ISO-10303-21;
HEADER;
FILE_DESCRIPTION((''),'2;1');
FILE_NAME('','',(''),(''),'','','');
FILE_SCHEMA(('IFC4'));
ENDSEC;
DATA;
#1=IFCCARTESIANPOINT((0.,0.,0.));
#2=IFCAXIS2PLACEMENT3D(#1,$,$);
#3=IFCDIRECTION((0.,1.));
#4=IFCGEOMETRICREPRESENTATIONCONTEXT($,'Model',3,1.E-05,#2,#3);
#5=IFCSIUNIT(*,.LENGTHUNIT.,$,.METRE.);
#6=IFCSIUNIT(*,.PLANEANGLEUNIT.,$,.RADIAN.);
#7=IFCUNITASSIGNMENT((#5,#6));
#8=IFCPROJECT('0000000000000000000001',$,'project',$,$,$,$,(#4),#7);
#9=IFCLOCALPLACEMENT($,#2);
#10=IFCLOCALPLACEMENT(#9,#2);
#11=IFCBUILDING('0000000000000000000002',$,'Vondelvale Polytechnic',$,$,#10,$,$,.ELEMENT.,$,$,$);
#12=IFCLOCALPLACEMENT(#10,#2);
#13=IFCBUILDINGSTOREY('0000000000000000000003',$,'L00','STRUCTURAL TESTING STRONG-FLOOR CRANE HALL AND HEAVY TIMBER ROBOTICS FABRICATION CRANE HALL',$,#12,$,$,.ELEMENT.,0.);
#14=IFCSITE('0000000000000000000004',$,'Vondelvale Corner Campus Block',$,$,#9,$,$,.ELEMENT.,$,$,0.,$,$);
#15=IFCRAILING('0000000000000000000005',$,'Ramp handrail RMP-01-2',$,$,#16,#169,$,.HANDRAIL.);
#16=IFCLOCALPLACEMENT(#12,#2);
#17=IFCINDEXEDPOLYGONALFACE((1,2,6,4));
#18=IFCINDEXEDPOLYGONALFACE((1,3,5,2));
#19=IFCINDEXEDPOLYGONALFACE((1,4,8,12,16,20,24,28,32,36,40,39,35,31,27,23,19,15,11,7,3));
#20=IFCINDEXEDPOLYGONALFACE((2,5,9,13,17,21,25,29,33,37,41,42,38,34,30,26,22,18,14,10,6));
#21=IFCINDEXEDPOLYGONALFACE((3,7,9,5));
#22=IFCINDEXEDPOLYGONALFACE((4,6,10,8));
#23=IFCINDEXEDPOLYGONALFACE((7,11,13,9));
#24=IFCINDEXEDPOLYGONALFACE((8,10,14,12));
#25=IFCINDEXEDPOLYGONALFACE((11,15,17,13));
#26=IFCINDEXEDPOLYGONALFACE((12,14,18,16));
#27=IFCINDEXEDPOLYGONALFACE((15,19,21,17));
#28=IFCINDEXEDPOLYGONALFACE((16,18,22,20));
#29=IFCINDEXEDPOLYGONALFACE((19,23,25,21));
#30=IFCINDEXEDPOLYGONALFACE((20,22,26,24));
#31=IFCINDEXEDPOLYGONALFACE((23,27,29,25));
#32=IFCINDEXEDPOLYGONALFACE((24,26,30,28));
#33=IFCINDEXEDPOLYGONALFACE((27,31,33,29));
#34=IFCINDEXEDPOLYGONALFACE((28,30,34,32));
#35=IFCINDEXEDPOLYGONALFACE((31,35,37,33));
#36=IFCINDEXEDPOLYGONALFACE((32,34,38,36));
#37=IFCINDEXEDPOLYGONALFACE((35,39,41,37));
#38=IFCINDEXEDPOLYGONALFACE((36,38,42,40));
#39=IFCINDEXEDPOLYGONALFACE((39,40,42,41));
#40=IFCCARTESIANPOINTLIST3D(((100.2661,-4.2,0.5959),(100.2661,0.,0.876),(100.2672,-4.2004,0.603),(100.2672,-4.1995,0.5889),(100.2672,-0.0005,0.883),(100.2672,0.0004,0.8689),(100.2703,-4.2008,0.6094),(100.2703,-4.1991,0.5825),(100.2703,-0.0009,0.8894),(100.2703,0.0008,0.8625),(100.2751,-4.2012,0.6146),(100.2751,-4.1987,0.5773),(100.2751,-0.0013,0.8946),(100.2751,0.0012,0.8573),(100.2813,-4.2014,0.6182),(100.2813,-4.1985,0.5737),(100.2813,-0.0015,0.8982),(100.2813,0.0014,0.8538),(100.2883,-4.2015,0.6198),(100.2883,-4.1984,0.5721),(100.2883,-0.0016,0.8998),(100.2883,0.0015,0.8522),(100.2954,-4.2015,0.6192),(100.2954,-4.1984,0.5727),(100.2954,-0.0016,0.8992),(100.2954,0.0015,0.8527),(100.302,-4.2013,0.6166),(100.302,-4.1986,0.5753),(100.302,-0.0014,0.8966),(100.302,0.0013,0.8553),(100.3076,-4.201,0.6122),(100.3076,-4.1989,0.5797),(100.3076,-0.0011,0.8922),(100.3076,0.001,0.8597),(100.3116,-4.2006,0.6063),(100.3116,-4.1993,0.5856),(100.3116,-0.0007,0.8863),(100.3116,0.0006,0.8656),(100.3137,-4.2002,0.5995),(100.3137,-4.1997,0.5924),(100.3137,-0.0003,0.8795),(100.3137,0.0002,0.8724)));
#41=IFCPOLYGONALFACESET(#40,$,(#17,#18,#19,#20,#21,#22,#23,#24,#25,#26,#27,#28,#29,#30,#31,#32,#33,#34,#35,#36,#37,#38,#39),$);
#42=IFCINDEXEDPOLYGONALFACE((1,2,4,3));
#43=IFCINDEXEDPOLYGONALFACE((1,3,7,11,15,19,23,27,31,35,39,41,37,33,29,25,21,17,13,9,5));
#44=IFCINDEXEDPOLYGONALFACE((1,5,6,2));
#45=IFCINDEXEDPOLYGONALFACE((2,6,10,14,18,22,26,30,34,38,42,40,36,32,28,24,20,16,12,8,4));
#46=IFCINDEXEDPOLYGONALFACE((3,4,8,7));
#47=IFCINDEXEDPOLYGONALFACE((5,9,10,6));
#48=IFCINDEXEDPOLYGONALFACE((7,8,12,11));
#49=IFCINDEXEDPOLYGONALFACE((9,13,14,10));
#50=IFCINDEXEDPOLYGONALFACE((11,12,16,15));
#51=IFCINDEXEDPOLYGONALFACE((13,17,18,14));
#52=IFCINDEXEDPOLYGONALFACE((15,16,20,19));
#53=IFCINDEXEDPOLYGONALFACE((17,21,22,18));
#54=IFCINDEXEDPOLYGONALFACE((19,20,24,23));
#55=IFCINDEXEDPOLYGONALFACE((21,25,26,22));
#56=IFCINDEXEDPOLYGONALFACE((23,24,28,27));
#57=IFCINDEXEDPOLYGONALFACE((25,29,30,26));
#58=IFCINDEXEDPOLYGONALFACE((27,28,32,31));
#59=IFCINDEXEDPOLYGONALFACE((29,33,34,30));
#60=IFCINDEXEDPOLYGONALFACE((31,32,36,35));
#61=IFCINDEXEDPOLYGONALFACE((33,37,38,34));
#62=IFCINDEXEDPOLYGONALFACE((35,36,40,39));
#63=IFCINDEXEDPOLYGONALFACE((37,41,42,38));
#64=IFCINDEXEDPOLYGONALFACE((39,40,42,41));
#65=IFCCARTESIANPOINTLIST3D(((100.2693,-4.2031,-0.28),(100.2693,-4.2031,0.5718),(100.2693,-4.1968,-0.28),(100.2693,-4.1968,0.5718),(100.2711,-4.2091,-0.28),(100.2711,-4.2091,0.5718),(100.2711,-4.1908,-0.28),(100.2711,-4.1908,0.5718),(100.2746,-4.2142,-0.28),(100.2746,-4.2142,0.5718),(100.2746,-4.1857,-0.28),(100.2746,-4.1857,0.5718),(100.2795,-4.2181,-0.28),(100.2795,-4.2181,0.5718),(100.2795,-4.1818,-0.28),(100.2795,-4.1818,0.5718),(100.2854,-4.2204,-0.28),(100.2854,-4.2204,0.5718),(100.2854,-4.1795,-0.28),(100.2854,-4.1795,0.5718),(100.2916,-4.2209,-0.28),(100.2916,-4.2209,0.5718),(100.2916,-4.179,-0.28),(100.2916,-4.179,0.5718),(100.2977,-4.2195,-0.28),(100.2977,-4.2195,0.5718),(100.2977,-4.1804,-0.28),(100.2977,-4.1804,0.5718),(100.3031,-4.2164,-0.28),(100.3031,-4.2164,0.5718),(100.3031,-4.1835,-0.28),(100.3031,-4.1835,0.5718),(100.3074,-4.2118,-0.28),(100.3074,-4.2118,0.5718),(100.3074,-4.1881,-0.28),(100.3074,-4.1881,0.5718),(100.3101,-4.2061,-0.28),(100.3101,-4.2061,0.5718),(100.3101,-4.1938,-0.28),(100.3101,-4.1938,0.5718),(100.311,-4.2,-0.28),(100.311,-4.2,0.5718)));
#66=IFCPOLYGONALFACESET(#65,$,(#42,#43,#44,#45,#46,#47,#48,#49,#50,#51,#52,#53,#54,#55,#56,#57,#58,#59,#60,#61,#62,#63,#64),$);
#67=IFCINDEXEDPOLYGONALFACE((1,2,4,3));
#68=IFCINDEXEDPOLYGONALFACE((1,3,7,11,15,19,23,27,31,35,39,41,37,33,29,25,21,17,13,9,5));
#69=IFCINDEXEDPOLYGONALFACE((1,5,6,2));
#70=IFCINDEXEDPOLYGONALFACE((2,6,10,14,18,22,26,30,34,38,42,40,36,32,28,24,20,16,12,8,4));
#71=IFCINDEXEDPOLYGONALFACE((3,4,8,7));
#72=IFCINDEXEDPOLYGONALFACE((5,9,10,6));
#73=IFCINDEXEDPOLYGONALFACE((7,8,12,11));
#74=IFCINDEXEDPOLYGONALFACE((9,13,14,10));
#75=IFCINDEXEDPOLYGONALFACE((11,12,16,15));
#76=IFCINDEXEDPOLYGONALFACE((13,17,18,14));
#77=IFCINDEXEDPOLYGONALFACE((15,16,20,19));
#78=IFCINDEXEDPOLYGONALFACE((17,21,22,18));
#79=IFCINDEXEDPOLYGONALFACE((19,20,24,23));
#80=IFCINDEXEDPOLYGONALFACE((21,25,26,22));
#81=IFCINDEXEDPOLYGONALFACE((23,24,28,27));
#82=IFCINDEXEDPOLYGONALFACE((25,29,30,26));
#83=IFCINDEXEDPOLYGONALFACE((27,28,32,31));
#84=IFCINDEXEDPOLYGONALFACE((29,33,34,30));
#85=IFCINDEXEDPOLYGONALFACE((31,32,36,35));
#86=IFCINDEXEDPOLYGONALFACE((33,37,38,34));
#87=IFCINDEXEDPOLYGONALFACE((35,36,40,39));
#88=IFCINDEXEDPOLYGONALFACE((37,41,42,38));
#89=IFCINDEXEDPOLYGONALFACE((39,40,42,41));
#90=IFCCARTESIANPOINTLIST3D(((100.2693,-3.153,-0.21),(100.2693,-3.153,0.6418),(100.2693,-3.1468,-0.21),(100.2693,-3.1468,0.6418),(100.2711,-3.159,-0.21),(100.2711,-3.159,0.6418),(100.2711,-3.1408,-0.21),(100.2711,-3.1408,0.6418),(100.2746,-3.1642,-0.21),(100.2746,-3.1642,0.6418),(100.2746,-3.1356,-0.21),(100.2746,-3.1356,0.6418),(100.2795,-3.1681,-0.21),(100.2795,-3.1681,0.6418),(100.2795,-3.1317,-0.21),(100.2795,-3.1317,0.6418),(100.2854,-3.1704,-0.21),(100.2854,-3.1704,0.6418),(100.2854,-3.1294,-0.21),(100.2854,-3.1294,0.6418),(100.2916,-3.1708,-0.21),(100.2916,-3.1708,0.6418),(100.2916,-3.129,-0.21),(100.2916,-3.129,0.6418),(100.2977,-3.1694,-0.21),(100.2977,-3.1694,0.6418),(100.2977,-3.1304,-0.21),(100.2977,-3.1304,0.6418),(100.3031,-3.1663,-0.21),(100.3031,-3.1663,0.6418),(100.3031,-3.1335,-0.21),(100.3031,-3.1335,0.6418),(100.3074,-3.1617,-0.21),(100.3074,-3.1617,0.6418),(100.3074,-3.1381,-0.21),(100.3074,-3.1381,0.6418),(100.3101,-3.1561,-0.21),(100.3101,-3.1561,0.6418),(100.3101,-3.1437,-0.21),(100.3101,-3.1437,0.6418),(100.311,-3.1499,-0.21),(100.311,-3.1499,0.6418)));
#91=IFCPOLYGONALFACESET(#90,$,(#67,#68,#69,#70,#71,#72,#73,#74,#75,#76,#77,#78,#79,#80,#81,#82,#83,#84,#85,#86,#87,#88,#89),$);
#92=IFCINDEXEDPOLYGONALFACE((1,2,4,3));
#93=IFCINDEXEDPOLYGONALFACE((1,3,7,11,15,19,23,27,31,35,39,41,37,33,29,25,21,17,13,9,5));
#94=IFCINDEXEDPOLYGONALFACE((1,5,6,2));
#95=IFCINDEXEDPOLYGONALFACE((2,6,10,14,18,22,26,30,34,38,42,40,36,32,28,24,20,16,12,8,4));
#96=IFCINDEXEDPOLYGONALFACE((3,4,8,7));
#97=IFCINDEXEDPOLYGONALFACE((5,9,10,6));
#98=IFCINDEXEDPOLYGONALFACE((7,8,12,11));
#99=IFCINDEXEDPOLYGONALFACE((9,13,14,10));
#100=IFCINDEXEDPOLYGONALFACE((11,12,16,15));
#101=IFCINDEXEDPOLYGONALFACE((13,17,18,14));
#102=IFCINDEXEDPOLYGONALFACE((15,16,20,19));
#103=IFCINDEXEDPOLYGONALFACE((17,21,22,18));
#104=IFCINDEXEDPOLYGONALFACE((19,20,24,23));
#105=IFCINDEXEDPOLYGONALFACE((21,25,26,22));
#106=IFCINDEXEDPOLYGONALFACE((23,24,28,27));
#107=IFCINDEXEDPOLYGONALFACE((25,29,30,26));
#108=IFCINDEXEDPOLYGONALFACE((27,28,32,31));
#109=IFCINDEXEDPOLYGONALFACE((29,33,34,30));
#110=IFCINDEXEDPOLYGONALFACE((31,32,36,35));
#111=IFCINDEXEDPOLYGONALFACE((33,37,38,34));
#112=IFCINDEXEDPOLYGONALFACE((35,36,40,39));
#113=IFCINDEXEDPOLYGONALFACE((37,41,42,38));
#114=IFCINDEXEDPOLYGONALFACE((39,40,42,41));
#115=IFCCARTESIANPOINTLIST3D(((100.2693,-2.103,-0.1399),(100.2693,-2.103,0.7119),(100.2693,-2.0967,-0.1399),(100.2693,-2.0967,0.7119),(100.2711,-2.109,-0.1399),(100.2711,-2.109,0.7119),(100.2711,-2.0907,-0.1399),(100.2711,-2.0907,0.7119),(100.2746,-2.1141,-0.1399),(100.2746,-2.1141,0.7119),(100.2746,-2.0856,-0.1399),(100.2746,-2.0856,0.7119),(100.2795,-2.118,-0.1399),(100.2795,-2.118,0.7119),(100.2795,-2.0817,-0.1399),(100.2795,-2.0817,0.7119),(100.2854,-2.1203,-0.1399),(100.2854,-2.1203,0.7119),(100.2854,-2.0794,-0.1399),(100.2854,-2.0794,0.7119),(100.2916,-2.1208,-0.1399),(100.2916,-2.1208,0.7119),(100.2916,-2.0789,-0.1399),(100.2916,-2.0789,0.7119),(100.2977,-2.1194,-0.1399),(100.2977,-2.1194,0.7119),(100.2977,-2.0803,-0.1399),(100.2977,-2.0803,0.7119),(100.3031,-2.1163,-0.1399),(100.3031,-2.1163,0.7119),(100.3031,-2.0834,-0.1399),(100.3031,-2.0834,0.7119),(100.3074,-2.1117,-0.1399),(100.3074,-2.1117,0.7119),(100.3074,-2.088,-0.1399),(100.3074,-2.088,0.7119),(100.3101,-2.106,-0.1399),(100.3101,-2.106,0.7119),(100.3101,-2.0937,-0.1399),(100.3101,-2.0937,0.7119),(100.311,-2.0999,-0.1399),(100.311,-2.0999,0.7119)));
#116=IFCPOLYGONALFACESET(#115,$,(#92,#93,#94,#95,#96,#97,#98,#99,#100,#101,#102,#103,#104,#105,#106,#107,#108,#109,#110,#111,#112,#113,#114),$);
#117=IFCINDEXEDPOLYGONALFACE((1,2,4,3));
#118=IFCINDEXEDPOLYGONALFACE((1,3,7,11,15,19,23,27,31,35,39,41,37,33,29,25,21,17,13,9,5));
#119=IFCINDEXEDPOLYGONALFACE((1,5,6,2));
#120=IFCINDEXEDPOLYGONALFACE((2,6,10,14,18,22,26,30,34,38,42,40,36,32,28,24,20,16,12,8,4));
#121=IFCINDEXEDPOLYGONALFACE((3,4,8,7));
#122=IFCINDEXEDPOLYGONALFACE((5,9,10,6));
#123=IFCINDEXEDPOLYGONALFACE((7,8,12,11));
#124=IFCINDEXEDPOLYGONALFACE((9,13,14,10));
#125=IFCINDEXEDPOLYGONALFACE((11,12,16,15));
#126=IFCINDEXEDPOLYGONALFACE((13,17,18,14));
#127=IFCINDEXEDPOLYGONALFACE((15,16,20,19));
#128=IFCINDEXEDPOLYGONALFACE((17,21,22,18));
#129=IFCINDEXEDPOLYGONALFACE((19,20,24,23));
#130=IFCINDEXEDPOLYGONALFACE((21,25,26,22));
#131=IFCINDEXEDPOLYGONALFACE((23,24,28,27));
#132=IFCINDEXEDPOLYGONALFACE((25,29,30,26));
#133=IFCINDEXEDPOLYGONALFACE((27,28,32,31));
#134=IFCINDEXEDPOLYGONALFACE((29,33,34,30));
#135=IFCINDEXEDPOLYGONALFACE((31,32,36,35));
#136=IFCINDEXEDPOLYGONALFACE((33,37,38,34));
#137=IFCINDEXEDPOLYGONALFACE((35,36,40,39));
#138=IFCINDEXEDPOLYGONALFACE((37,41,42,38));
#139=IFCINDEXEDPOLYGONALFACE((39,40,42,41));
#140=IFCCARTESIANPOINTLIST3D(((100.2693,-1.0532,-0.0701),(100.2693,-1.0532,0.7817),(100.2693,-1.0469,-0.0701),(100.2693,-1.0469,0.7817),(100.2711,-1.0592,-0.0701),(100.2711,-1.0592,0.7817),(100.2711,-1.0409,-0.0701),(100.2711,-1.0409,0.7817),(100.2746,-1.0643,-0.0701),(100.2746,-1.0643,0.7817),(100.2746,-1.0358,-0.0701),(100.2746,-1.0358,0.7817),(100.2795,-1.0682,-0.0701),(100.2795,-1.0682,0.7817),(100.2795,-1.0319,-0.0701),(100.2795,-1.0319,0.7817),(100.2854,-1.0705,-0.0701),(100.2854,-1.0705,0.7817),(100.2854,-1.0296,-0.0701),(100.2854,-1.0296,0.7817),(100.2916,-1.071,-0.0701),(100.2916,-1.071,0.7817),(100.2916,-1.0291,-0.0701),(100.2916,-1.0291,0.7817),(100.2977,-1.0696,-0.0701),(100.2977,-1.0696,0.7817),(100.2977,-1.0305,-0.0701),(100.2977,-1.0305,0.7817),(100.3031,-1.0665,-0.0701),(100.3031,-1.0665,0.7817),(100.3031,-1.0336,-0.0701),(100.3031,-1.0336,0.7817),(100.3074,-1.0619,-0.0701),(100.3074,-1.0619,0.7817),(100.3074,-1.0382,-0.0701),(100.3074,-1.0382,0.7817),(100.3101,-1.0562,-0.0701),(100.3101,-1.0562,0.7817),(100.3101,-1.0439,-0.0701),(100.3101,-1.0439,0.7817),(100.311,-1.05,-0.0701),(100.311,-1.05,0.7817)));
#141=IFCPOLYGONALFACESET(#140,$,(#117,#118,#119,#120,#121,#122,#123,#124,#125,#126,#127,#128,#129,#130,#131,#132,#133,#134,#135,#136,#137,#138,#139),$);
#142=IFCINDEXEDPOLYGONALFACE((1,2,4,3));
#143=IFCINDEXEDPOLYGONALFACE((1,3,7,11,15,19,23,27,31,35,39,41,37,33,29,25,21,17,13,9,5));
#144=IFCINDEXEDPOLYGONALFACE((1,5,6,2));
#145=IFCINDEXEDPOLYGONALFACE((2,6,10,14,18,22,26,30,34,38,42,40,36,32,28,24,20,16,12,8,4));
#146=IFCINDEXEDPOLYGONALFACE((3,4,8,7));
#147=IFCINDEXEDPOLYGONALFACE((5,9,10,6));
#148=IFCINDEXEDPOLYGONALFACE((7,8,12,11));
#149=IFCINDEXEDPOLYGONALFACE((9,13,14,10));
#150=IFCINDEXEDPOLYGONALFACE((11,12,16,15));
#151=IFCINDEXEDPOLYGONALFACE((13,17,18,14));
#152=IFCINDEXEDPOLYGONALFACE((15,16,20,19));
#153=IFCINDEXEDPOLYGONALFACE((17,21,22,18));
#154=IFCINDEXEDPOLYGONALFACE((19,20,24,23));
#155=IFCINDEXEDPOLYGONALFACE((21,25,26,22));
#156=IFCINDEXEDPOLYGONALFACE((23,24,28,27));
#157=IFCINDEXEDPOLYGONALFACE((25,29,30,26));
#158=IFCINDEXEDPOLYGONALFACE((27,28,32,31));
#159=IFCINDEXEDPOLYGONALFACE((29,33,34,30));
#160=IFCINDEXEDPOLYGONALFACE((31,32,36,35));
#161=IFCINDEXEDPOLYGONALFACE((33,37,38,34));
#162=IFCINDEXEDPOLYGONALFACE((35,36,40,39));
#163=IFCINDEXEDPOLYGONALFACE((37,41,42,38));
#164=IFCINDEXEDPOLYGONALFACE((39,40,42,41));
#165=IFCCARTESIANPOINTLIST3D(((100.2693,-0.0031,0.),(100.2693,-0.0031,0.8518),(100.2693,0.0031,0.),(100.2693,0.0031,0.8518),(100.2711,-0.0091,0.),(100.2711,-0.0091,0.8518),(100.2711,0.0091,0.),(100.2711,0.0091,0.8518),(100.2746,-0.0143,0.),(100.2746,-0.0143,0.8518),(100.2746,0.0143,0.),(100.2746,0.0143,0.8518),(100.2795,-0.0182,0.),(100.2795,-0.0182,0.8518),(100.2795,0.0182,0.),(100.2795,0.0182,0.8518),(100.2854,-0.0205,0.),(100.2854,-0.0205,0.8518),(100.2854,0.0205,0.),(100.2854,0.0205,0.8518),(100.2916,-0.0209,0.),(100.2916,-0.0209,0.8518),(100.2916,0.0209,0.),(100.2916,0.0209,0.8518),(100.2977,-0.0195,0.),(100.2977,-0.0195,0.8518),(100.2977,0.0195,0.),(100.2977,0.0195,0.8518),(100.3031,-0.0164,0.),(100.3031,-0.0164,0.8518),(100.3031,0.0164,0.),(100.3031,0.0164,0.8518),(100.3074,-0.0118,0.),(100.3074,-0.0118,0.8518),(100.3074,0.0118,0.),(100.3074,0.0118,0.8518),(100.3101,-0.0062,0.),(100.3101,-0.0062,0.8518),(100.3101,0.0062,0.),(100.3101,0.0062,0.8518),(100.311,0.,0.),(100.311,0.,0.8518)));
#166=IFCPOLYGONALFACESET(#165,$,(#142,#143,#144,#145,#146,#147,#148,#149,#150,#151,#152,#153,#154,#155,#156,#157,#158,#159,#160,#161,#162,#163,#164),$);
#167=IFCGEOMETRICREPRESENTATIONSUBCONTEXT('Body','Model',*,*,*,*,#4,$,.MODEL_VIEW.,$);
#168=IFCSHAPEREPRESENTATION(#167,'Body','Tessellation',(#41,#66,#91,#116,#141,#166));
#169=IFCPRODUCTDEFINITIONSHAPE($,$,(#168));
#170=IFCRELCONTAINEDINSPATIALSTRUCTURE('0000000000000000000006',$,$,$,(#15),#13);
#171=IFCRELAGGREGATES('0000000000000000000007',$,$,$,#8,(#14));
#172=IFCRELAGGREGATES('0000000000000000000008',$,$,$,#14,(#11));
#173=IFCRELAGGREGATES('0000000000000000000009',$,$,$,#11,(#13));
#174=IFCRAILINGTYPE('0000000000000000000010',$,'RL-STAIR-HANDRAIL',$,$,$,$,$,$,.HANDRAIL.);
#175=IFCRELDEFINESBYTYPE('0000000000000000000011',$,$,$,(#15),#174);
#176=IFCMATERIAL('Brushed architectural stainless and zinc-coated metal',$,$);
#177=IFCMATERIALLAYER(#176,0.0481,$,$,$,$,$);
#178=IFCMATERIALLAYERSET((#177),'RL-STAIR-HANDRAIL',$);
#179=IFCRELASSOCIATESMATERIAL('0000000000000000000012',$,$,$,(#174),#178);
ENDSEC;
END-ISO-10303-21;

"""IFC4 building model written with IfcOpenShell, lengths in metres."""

from ifc_helpers import new_model, si_unit, direction, frame, origin, origin_2d, place, context, subcontext, project, spatial, circle, extrude, material, layer, layer_set, type_object, element, save


model = new_model("IFC4")

# Units and contexts
model_context = context("Model", 3, precision=1e-05, world=origin(), true_north=direction((0.0, 1.0)))
body_context = subcontext(model_context, "Body", "Model", "MODEL_VIEW")
ifc_project = project(units=[si_unit("LENGTHUNIT", "METRE"), si_unit("PLANEANGLEUNIT", "RADIAN")], contexts=[model_context])

# Site, building, storey
site_placement = place(None, origin())
site = spatial("IfcSite", under=ifc_project, at=site_placement, Name="Vondelvale Corner Campus Block", CompositionType="ELEMENT", RefElevation=0.0)
building_placement = place(site_placement, origin())
building = spatial("IfcBuilding", under=site, at=building_placement, Name="Vondelvale Polytechnic", CompositionType="ELEMENT")
storey_placement = place(building_placement, origin())
storey = spatial("IfcBuildingStorey", under=building, at=storey_placement, Name="L00", Description="STRUCTURAL TESTING STRONG-FLOOR CRANE HALL AND HEAVY TIMBER ROBOTICS FABRICATION CRANE HALL", CompositionType="ELEMENT", Elevation=0.0)

# Railing
ifc_material_1 = material(Name="Brushed architectural stainless and zinc-coated metal")
ifc_layer_1 = layer(ifc_material_1, 0.0481)
ifc_layer_set_1 = layer_set([ifc_layer_1], Name="RL-STAIR-HANDRAIL")
railing_type = type_object("IfcRailingType", Name="RL-STAIR-HANDRAIL", PredefinedType="HANDRAIL", material=ifc_layer_set_1)
for number, where, name in (
    (1, (100.29, -4.2, -0.28), "Ramp handrail RMP-01-2"),
):
    element("IfcRailing", number, at=place(storey_placement, frame(where)), inside=storey, type_object=railing_type, Name=name, PredefinedType="HANDRAIL", context=body_context, shape_type="SweptSolid", body=[
        extrude(circle(Radius=0.0239, at=origin_2d()), frame((0.0, 0.0, 0.876), z_axis=(0.0, 0.997785, 0.066527), x_axis=(-1.0, 0.0, 0.0)), (0.0, 0.0, 1.0), 4.2092),
        extrude(circle(Radius=0.021, at=origin_2d()), origin(), (0.0, 0.0, 1.0), 0.8518),
        extrude(circle(Radius=0.021, at=origin_2d()), frame((0.0, 1.05, 0.0701)), (0.0, 0.0, 1.0), 0.8518),
        extrude(circle(Radius=0.021, at=origin_2d()), frame((0.0, 2.1001, 0.1401)), (0.0, 0.0, 1.0), 0.8518),
        extrude(circle(Radius=0.021, at=origin_2d()), frame((0.0, 3.1499, 0.21)), (0.0, 0.0, 1.0), 0.8518),
        extrude(circle(Radius=0.021, at=origin_2d()), frame((0.0, 4.2, 0.28)), (0.0, 0.0, 1.0), 0.8518),
    ])

save(model, "model.ifc")
